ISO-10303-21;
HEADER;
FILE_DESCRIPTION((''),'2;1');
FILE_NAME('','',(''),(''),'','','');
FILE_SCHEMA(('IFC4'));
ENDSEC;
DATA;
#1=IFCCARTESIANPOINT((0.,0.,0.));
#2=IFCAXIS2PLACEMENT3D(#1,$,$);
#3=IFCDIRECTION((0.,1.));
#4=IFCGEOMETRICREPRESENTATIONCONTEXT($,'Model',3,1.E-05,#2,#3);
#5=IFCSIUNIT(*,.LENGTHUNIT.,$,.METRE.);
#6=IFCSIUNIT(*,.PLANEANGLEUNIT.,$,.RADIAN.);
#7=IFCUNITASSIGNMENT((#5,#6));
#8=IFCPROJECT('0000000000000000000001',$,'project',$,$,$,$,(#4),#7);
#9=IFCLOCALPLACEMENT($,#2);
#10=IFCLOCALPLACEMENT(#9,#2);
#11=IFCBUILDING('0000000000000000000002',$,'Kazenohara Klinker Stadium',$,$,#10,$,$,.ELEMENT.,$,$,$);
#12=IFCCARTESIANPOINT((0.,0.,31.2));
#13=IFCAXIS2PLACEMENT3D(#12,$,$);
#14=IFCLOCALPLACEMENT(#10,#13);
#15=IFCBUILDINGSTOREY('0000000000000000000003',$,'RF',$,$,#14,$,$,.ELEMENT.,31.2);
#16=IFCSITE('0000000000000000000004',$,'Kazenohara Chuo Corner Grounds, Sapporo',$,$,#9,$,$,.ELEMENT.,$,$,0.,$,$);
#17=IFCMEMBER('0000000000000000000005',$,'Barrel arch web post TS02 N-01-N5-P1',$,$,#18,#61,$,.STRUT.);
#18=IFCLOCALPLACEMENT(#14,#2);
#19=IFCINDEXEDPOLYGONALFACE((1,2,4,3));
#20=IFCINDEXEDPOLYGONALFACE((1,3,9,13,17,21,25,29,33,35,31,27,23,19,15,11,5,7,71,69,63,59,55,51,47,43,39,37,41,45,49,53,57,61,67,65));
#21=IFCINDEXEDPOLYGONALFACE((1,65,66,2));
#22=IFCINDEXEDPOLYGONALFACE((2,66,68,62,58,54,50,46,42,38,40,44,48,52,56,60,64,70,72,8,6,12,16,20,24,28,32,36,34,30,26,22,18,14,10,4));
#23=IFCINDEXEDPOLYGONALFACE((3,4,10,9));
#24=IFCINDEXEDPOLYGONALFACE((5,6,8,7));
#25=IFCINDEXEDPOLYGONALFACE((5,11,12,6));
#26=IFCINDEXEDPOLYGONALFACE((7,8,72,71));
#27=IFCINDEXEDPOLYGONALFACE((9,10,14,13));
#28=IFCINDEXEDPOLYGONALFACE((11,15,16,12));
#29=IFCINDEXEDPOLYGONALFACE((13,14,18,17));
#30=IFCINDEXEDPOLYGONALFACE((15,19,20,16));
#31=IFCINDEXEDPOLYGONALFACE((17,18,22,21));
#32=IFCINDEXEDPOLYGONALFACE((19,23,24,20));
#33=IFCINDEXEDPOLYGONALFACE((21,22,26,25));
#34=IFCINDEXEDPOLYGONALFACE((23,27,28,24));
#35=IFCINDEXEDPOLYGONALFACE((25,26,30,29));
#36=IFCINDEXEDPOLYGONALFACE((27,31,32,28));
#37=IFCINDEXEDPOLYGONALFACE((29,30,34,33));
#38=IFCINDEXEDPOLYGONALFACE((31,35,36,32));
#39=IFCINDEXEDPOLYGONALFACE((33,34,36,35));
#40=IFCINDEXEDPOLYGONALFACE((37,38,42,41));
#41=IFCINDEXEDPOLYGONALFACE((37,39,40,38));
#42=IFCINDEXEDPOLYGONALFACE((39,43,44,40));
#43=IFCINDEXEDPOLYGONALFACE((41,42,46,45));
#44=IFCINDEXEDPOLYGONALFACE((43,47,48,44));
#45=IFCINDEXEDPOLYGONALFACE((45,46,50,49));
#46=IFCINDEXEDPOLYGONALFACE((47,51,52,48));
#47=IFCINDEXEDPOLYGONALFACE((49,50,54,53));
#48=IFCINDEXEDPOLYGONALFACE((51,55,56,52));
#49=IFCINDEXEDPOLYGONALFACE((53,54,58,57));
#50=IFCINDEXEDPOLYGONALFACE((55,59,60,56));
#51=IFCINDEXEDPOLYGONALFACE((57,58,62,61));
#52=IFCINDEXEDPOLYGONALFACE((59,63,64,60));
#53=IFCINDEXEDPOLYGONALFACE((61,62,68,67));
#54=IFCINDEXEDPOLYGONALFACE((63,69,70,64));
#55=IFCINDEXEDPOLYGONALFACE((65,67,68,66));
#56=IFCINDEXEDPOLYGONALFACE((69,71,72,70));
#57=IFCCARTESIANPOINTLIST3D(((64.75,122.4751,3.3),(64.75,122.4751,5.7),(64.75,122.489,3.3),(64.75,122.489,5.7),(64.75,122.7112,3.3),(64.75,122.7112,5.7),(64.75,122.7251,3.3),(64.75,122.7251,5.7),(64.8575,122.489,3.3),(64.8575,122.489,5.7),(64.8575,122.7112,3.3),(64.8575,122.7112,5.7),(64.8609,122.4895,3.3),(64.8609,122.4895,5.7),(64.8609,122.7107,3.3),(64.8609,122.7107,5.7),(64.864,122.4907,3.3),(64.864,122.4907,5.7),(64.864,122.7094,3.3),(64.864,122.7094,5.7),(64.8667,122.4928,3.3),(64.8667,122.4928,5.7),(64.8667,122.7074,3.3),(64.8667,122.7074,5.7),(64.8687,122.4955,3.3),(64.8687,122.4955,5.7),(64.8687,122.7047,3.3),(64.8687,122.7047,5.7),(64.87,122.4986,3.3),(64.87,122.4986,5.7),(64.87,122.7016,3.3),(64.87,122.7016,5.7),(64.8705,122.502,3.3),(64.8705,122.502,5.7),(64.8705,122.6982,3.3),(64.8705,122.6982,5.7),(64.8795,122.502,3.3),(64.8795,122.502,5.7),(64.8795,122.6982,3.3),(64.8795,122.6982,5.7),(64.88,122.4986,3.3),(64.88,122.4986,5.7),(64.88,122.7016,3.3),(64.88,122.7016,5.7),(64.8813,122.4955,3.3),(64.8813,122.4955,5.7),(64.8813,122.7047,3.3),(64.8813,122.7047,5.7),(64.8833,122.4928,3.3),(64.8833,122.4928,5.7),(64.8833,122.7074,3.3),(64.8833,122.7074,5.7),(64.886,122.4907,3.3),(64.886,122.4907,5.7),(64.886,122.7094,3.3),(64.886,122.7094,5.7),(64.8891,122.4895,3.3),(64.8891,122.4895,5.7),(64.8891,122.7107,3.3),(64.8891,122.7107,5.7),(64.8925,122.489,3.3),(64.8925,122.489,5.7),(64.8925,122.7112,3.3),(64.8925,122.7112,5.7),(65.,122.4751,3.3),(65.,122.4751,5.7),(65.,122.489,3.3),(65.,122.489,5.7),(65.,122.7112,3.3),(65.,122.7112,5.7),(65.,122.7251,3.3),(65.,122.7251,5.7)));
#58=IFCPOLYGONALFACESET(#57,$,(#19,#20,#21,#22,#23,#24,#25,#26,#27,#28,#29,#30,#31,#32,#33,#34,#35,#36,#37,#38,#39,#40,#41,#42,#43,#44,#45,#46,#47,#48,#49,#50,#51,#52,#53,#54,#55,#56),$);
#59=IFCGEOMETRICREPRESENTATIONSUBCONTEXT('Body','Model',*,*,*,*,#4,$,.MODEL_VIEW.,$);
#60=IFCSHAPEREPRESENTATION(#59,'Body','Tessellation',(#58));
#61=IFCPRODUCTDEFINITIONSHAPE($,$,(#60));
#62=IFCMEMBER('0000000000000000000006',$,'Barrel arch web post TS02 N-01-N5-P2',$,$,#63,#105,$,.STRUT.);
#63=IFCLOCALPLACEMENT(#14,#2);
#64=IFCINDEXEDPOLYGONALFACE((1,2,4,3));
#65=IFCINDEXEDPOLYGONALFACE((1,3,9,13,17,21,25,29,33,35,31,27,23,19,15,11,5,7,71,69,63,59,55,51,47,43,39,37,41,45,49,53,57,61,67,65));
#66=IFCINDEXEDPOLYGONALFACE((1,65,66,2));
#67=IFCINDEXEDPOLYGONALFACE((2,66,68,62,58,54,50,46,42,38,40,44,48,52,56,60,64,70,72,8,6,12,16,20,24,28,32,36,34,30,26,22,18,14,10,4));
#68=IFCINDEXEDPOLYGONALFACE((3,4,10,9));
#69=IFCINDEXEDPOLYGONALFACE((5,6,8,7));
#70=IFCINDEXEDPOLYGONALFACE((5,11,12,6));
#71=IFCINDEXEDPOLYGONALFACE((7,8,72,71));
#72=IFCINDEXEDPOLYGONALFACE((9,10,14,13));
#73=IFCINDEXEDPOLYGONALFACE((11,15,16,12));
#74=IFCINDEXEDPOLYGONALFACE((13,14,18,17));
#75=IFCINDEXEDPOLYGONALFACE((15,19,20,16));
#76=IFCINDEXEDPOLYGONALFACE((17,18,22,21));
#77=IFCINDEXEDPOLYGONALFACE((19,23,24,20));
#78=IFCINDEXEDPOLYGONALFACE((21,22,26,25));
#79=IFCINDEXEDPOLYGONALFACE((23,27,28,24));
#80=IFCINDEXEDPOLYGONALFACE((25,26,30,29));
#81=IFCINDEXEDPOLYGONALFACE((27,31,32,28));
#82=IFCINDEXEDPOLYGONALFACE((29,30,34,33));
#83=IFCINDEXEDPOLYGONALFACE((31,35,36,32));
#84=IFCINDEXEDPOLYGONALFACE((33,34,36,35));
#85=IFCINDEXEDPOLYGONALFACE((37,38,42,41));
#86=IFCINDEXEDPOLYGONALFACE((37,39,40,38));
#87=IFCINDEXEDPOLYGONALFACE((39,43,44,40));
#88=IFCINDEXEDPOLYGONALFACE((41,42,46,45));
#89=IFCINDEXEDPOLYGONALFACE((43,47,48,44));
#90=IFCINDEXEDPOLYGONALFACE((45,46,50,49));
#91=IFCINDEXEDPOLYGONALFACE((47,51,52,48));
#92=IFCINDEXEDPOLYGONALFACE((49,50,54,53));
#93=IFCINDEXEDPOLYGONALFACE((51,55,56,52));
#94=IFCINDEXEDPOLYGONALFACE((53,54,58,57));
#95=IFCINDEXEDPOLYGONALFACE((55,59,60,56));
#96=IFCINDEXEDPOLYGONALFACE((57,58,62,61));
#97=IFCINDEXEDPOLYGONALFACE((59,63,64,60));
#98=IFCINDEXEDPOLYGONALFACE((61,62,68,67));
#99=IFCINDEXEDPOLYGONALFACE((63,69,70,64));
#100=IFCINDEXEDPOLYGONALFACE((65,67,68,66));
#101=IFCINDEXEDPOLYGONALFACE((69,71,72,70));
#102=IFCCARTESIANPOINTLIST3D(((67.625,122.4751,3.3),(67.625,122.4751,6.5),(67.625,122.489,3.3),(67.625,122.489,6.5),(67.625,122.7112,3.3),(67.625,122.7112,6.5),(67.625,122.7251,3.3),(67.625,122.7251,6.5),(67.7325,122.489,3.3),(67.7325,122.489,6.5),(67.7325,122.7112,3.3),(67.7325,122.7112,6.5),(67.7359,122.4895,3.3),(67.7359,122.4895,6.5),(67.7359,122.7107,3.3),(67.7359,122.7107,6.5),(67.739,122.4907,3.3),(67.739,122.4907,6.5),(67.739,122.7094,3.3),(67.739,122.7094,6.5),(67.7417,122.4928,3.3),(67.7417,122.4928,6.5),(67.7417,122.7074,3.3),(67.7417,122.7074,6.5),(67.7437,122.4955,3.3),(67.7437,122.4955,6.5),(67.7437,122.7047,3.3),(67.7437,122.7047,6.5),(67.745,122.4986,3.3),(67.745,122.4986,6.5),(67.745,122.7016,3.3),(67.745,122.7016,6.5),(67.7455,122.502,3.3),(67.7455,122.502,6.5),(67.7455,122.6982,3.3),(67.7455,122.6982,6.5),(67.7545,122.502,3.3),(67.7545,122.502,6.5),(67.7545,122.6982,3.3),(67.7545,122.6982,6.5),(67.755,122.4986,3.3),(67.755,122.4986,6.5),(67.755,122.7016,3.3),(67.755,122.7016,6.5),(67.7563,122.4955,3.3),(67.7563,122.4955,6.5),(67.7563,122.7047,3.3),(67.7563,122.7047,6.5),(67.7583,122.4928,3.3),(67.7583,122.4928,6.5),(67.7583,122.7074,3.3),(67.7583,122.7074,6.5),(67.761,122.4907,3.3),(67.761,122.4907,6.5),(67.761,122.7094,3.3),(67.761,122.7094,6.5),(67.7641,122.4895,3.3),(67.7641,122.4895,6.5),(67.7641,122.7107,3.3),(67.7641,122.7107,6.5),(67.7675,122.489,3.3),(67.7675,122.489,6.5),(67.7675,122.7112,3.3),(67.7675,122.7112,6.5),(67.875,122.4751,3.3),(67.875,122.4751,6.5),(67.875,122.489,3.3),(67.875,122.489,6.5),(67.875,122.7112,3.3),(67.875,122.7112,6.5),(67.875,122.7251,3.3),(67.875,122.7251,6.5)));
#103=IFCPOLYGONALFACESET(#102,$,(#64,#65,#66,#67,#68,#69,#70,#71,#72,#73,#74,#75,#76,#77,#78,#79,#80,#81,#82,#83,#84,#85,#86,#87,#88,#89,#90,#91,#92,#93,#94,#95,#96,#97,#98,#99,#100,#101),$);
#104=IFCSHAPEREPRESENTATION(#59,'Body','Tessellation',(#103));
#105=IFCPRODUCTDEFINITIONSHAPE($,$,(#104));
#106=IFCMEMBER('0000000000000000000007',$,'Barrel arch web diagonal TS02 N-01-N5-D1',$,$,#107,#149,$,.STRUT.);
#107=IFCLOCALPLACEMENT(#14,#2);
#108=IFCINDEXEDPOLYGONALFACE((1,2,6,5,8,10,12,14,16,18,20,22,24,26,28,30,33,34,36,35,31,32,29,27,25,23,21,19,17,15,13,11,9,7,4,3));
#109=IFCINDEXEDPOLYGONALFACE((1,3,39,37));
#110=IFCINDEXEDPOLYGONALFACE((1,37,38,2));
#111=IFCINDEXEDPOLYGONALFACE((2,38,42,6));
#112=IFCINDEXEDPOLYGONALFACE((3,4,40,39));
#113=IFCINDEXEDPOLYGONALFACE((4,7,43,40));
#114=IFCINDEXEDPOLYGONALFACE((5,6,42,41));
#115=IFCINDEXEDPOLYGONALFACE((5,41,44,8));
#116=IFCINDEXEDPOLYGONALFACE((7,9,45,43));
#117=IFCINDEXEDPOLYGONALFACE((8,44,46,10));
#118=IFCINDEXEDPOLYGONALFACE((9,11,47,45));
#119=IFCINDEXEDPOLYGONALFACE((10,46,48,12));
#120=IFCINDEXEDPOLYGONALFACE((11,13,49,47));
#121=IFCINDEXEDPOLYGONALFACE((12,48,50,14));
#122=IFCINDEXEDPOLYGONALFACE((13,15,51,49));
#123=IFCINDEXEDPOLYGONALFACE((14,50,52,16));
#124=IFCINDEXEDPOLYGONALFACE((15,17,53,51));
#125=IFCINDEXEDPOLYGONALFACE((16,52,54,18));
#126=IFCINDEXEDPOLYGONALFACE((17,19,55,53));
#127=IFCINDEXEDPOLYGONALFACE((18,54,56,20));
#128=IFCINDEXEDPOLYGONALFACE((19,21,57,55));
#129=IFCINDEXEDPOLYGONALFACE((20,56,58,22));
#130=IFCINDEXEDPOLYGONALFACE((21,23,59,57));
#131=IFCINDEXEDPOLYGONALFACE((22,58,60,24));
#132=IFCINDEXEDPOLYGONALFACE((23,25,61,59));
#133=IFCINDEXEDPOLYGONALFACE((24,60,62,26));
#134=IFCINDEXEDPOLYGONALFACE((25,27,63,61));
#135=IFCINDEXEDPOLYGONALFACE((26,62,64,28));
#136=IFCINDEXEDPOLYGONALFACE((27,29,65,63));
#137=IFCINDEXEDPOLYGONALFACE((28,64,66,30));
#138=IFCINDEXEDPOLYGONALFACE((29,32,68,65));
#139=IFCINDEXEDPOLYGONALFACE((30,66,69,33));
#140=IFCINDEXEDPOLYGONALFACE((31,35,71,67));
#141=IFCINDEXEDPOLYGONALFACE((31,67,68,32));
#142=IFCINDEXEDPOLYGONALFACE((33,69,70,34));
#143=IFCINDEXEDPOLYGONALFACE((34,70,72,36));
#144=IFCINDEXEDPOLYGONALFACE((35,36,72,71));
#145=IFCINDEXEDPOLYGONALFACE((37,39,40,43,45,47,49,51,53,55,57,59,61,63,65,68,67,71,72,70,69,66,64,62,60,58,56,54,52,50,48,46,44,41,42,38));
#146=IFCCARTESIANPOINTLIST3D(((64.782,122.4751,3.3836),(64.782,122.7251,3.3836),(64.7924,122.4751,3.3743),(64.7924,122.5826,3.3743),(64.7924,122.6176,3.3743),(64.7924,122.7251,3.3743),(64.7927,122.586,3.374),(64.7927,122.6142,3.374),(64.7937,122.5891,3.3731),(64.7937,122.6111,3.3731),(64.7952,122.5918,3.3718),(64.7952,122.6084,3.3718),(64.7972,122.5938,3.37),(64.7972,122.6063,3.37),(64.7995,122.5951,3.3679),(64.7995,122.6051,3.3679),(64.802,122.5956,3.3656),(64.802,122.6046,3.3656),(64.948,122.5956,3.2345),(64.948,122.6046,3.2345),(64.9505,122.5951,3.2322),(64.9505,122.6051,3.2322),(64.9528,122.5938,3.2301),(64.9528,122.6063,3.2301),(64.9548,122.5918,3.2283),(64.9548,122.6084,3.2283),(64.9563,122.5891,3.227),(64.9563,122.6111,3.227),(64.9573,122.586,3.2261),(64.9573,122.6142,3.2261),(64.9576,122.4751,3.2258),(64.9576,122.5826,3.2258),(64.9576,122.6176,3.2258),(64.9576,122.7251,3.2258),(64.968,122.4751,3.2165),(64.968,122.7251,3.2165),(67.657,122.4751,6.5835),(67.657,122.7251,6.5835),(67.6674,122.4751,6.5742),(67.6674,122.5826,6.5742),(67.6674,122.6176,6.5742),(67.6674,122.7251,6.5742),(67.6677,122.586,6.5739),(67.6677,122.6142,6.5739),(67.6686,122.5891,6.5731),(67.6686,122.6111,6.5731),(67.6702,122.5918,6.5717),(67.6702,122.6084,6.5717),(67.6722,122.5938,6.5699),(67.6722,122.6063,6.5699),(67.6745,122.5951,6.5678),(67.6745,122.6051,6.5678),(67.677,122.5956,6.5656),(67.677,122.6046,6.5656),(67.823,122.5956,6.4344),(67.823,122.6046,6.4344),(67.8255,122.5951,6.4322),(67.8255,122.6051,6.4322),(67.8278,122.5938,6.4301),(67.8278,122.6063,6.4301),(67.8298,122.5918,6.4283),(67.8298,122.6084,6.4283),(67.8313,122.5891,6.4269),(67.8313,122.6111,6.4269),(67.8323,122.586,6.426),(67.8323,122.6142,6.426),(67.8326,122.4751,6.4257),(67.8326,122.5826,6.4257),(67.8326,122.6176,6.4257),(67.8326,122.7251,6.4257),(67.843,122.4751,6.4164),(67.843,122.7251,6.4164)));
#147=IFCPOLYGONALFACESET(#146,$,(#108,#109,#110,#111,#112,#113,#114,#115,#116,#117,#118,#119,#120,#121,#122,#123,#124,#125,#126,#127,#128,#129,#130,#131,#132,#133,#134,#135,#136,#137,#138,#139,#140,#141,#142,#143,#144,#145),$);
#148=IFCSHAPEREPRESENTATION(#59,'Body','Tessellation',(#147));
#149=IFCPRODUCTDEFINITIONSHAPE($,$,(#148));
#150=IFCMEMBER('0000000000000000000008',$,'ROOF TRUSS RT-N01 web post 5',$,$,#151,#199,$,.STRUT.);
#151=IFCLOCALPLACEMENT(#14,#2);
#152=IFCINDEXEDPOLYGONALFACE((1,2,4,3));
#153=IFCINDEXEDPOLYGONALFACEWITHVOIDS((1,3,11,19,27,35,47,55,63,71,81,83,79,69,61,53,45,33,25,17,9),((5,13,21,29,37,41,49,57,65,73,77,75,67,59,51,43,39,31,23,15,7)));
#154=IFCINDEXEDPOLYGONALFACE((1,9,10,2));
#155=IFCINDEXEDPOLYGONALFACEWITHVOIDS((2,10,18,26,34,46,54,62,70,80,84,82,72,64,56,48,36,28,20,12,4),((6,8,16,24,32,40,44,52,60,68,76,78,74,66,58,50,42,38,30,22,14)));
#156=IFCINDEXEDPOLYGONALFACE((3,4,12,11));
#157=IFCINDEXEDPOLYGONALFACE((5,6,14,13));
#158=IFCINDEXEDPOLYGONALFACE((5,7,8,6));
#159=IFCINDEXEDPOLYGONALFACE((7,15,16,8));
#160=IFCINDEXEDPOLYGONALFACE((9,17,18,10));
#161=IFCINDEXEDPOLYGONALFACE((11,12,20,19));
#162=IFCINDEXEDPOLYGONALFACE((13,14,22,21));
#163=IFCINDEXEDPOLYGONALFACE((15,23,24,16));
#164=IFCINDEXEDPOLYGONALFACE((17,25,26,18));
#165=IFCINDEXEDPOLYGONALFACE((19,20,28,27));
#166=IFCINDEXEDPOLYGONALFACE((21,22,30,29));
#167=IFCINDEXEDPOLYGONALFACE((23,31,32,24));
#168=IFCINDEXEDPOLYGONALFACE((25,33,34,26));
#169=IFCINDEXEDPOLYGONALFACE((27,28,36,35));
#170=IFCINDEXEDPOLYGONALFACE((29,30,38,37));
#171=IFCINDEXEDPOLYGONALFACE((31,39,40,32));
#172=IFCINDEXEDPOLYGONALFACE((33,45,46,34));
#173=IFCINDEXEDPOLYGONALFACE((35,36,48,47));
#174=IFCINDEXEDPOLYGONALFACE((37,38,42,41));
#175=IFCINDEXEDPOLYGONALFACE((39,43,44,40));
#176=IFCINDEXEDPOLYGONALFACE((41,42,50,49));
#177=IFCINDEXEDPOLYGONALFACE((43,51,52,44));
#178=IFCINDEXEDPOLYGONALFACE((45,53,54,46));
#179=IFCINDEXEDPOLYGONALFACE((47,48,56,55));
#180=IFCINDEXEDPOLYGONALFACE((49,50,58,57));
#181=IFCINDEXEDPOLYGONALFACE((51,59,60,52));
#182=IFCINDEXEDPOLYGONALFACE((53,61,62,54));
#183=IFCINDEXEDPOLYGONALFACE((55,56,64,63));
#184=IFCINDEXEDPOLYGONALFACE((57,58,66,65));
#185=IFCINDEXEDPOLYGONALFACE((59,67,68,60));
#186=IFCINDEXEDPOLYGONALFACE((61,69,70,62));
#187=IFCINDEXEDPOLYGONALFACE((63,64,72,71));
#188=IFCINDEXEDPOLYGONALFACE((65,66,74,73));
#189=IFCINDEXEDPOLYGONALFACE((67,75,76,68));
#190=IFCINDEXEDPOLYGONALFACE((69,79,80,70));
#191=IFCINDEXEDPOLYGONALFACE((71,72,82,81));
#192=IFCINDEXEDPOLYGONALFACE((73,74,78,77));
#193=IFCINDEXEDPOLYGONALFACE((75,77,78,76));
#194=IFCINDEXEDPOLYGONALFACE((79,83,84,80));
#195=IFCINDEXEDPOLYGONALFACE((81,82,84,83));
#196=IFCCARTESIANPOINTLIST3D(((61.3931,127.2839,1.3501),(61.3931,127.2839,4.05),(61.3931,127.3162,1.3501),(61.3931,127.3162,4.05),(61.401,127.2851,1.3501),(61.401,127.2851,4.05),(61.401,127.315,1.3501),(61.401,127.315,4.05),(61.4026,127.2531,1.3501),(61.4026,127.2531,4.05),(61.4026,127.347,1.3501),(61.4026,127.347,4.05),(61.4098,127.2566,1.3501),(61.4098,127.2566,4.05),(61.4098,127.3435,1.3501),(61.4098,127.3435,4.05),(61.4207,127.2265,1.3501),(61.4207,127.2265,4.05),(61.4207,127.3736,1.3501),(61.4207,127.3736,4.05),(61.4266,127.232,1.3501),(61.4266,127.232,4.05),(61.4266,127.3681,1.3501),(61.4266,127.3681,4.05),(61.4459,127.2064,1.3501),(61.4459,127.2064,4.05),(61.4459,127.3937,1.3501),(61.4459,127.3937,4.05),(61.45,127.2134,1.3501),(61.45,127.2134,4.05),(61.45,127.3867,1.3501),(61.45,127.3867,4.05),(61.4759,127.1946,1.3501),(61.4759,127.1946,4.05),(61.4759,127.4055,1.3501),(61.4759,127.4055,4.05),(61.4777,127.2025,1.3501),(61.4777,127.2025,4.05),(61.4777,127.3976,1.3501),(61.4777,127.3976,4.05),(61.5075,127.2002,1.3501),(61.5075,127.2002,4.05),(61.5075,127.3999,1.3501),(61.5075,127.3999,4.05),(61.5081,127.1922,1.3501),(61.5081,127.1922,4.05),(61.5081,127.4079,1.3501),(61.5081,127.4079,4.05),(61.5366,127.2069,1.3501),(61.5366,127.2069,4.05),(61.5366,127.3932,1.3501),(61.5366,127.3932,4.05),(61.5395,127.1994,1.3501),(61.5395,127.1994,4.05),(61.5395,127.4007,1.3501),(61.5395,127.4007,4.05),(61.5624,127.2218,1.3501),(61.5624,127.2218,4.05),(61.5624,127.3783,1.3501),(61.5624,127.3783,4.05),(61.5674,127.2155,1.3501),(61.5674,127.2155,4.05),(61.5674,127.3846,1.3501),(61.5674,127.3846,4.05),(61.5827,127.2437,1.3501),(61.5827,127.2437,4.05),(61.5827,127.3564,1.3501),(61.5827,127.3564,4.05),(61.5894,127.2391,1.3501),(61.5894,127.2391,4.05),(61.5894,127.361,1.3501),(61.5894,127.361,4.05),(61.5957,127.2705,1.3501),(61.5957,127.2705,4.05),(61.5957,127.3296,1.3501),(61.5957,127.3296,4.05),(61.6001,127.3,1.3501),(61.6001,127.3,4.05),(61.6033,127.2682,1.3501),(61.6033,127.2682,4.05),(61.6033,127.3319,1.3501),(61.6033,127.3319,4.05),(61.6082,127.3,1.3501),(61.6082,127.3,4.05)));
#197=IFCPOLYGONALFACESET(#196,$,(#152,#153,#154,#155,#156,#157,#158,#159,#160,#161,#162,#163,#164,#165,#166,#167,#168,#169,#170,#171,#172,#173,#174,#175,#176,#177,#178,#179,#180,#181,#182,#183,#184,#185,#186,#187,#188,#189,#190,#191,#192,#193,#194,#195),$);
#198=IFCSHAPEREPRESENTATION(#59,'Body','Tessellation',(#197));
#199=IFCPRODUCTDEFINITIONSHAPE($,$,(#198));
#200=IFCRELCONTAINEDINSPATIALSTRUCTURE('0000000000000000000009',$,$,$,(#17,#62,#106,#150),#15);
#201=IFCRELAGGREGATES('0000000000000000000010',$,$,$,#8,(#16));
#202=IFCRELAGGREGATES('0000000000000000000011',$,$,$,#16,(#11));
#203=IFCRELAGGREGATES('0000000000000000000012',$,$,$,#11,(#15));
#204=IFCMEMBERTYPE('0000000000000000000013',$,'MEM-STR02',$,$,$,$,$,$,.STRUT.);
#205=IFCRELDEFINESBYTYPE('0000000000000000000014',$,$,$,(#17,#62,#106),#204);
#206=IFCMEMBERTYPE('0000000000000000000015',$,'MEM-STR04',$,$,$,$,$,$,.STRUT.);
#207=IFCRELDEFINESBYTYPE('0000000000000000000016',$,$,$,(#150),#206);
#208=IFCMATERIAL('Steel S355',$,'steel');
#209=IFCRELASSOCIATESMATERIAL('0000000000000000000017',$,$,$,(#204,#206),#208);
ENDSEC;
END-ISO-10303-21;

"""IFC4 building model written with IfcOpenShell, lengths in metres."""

from ifc_helpers import new_model, si_unit, direction, frame, origin, origin_2d, place, context, subcontext, project, spatial, hollow_circle, i_section, extrude, material, material_profile, profile_set, type_object, element, save


model = new_model("IFC4")

# Units and contexts
model_context = context("Model", 3, precision=1e-05, world=origin(), true_north=direction((0.0, 1.0)))
body_context = subcontext(model_context, "Body", "Model", "MODEL_VIEW")
ifc_project = project(units=[si_unit("LENGTHUNIT", "METRE"), si_unit("PLANEANGLEUNIT", "RADIAN")], contexts=[model_context])

# Site, building, storey
site_placement = place(None, origin())
site = spatial("IfcSite", under=ifc_project, at=site_placement, Name="Kazenohara Chuo Corner Grounds, Sapporo", CompositionType="ELEMENT", RefElevation=0.0)
building_placement = place(site_placement, origin())
building = spatial("IfcBuilding", under=site, at=building_placement, Name="Kazenohara Klinker Stadium", CompositionType="ELEMENT")
storey_placement = place(building_placement, frame((0.0, 0.0, 31.2)))
storey = spatial("IfcBuildingStorey", under=building, at=storey_placement, Name="RF", CompositionType="ELEMENT", Elevation=31.2)

# Members
ifc_material_1 = material(Name="Steel S355", Category="steel")
ifc_material_profile_1 = material_profile(ifc_material_1, i_section(OverallWidth=0.25, OverallDepth=0.25, WebThickness=0.009, FlangeThickness=0.0139, FilletRadius=0.0129, at=origin_2d()), Name="H-250x250x9x14")
ifc_profile_set_1 = profile_set([ifc_material_profile_1], Name="Steel S355")
member_type_1 = type_object("IfcMemberType", Name="MEM-STR02", PredefinedType="STRUT", material=ifc_profile_set_1)
member_1_placement = place(storey_placement, frame((64.875, 122.6001, 3.3), z_axis=(0.0, 0.0, 1.0), x_axis=(1.0, 0.0, 0.0)))
element("IfcMember", 1, at=member_1_placement, inside=storey, type_object=member_type_1, Name="Barrel arch web post TS02 N-01-N5-P1", PredefinedType="STRUT", context=body_context, shape_type="SweptSolid", body=[
    extrude(i_section(OverallWidth=0.25, OverallDepth=0.25, WebThickness=0.009, FlangeThickness=0.0139, FilletRadius=0.0129, at=origin_2d()), origin(), (0.0, 0.0, 1.0), 2.3999),
])
member_2_placement = place(storey_placement, frame((67.75, 122.6001, 3.3), z_axis=(0.0, 0.0, 1.0), x_axis=(1.0, 0.0, 0.0)))
element("IfcMember", 2, at=member_2_placement, inside=storey, type_object=member_type_1, Name="Barrel arch web post TS02 N-01-N5-P2", PredefinedType="STRUT", context=body_context, shape_type="SweptSolid", body=[
    extrude(i_section(OverallWidth=0.25, OverallDepth=0.25, WebThickness=0.009, FlangeThickness=0.0139, FilletRadius=0.0129, at=origin_2d()), origin(), (0.0, 0.0, 1.0), 3.2),
])
member_3_placement = place(storey_placement, frame((64.875, 122.6001, 3.3), z_axis=(0.668328, 0.0, 0.743867), x_axis=(0.0, 1.0, 0.0)))
element("IfcMember", 3, at=member_3_placement, inside=storey, type_object=member_type_1, Name="Barrel arch web diagonal TS02 N-01-N5-D1", PredefinedType="STRUT", context=body_context, shape_type="SweptSolid", body=[
    extrude(i_section(OverallWidth=0.25, OverallDepth=0.25, WebThickness=0.009, FlangeThickness=0.0139, FilletRadius=0.0129, at=origin_2d()), origin(), (0.0, 0.0, 1.0), 4.3018),
])
ifc_material_profile_2 = material_profile(ifc_material_1, hollow_circle(Radius=0.1082, WallThickness=0.0081, at=origin_2d()), Name="CHS-216.3x8")
ifc_profile_set_2 = profile_set([ifc_material_profile_2], Name="Steel S355")
member_type_2 = type_object("IfcMemberType", Name="MEM-STR04", PredefinedType="STRUT", material=ifc_profile_set_2)
member_4_placement = place(storey_placement, frame((61.5, 127.3, 1.3501), z_axis=(0.0, 0.0, 1.0), x_axis=(1.0, 0.0, 0.0)))
element("IfcMember", 4, at=member_4_placement, inside=storey, type_object=member_type_2, Name="ROOF TRUSS RT-N01 web post 5", PredefinedType="STRUT", context=body_context, shape_type="SweptSolid", body=[
    extrude(hollow_circle(Radius=0.1082, WallThickness=0.0081, at=origin_2d()), origin(), (0.0, 0.0, 1.0), 2.7),
])

save(model, "model.ifc")
